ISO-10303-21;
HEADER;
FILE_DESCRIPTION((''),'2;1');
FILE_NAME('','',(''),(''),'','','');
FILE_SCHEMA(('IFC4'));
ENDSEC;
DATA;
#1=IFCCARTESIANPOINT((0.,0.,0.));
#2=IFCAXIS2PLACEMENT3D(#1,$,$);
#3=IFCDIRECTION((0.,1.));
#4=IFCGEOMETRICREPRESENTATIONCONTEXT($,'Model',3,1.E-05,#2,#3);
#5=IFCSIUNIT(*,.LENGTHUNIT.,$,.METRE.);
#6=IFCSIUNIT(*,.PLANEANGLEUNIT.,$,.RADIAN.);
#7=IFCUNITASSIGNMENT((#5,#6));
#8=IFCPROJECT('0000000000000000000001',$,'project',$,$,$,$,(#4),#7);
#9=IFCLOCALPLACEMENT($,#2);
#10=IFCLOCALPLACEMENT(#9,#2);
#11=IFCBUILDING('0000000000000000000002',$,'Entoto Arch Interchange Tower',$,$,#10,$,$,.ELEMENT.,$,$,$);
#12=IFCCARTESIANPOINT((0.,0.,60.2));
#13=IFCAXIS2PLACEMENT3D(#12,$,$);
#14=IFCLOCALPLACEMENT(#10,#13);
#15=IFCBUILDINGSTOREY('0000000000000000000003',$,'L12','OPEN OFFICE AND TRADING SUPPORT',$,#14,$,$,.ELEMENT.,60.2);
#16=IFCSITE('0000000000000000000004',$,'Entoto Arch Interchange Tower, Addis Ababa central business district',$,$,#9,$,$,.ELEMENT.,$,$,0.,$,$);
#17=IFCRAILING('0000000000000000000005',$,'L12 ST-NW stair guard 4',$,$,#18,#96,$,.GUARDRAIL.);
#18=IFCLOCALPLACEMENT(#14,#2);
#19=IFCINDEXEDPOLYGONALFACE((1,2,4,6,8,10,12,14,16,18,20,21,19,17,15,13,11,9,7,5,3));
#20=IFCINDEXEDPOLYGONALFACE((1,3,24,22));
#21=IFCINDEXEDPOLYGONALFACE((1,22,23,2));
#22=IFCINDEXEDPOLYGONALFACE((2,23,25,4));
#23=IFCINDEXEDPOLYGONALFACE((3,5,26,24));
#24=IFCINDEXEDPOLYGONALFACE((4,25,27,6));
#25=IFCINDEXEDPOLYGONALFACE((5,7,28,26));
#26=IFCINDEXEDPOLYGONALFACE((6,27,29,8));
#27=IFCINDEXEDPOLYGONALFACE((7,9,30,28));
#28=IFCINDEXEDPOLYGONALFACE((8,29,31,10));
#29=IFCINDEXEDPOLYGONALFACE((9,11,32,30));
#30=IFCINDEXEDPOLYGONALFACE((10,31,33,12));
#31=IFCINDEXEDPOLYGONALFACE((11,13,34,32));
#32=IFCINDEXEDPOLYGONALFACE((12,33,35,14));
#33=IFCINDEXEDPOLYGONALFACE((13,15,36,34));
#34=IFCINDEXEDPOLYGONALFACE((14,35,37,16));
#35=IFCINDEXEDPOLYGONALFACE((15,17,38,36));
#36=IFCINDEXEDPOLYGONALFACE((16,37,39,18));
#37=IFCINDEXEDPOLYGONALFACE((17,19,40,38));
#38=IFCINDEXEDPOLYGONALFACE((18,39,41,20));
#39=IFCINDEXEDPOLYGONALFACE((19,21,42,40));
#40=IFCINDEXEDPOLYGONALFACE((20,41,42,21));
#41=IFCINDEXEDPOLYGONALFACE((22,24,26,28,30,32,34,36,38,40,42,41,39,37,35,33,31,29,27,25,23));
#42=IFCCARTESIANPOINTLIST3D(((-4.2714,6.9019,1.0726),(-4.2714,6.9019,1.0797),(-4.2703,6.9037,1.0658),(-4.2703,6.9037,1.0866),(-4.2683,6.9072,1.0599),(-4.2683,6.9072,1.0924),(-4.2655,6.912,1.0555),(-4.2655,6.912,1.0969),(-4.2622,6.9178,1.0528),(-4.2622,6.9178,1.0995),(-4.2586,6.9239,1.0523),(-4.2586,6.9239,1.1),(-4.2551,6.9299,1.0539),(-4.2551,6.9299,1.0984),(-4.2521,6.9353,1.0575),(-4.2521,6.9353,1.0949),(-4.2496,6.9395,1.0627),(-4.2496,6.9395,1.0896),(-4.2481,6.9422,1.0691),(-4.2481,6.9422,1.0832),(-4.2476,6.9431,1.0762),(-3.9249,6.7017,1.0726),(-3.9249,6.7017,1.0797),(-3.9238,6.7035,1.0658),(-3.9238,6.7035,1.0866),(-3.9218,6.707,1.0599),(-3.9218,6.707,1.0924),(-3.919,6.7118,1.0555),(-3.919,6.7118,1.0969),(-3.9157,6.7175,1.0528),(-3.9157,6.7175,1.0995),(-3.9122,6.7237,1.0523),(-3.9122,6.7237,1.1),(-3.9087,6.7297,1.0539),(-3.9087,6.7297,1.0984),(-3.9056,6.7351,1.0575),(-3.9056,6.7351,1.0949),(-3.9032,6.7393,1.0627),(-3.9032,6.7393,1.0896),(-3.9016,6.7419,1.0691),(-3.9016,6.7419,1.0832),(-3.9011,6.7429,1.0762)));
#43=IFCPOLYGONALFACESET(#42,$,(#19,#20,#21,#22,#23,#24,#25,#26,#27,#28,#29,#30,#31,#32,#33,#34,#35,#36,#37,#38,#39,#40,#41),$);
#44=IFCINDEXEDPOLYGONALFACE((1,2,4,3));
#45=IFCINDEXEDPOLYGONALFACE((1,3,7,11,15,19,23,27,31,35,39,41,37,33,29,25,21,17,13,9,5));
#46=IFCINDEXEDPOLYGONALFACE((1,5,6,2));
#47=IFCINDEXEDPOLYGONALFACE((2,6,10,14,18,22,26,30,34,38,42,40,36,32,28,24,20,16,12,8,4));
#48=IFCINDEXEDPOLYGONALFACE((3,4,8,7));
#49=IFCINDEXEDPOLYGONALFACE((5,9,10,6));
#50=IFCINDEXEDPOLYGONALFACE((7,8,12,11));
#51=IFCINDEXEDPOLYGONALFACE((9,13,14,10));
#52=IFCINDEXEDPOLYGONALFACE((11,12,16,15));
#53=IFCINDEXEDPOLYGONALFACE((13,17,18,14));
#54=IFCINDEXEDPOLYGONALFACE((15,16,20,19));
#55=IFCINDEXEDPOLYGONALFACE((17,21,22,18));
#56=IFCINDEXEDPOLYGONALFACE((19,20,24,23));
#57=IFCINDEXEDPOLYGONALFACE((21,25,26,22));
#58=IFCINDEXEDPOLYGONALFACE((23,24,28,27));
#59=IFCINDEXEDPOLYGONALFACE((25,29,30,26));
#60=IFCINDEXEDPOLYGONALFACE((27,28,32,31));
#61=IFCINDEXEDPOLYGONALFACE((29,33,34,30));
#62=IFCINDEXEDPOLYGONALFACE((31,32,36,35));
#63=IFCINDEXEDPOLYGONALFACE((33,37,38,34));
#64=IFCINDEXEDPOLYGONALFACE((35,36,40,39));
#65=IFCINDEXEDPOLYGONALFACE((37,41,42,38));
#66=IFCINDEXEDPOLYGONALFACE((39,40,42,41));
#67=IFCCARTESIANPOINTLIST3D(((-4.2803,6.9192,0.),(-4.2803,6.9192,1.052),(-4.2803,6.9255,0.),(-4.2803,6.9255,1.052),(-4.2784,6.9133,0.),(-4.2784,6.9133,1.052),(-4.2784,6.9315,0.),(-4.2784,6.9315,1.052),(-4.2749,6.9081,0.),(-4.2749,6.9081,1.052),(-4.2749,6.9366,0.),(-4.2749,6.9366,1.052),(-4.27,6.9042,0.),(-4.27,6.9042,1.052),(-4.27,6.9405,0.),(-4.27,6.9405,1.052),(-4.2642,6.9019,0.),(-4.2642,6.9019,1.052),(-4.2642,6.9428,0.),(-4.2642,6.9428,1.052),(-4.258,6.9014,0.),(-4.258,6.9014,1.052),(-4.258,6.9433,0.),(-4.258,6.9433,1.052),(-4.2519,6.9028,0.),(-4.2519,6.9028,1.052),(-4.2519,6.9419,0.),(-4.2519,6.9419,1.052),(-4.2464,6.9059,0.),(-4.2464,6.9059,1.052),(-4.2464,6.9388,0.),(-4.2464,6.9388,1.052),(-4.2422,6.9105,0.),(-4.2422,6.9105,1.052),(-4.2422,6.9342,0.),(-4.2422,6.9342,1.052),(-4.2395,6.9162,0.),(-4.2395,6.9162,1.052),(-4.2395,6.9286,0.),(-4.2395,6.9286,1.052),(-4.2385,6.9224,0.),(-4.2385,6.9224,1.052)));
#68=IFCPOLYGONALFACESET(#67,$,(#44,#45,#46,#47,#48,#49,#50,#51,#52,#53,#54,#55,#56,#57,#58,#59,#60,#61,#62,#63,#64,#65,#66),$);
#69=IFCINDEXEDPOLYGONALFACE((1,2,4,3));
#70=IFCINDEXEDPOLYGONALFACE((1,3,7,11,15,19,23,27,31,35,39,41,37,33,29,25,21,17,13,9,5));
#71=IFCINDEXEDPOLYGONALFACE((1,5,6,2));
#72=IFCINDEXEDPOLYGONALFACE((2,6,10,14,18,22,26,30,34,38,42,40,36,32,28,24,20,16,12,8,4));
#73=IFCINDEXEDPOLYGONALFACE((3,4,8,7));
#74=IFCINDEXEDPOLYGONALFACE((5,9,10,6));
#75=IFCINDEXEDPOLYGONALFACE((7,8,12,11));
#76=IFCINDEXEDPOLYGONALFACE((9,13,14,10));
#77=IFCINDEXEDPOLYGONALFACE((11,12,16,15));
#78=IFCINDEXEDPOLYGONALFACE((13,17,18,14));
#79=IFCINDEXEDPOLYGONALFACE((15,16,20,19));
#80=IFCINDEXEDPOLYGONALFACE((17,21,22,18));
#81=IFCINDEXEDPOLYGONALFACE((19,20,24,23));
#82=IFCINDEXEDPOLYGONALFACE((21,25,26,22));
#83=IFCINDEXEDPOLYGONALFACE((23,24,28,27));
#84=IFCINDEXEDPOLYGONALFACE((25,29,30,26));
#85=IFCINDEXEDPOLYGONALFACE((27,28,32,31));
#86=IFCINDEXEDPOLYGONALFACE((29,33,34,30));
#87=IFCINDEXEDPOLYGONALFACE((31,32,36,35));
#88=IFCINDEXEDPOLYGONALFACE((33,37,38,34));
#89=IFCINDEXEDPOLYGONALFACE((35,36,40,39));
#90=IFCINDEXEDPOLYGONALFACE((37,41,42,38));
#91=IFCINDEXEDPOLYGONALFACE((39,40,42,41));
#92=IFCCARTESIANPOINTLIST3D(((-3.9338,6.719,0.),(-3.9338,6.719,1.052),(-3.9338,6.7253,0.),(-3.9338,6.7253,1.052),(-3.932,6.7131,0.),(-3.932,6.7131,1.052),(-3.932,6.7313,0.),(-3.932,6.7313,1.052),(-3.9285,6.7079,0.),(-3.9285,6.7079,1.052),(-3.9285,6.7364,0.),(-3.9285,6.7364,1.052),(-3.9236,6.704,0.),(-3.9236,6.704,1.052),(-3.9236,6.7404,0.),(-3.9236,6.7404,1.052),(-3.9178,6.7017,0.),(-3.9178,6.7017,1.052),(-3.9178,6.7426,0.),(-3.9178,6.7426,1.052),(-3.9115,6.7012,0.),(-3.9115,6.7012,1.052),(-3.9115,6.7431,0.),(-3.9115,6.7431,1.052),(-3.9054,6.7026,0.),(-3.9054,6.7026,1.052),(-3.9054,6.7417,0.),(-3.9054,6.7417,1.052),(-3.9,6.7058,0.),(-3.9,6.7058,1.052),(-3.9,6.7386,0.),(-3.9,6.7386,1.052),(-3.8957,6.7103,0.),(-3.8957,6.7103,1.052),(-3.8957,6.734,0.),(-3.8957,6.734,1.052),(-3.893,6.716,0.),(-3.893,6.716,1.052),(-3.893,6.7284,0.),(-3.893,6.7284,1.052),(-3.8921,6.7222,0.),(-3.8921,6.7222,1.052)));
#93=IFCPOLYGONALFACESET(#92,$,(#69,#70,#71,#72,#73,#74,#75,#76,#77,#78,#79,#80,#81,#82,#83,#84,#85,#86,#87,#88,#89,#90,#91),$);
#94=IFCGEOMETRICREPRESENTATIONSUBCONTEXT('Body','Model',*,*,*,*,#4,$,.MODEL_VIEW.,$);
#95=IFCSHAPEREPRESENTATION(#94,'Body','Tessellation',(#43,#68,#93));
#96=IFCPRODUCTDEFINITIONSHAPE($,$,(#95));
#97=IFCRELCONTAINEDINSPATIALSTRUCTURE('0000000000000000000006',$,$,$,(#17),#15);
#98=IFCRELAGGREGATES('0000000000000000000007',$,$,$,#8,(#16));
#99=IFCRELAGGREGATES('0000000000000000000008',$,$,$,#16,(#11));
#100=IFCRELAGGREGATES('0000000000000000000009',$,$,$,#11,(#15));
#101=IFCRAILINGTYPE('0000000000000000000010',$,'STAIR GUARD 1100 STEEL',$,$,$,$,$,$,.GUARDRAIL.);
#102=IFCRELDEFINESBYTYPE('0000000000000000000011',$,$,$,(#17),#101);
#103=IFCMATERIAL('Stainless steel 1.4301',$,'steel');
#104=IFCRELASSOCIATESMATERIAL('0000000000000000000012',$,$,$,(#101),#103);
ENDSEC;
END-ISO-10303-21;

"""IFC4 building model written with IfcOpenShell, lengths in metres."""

from ifc_helpers import new_model, si_unit, direction, frame, origin, origin_2d, place, context, subcontext, project, spatial, circle, extrude, material, type_object, element, save


model = new_model("IFC4")

# Units and contexts
model_context = context("Model", 3, precision=1e-05, world=origin(), true_north=direction((0.0, 1.0)))
body_context = subcontext(model_context, "Body", "Model", "MODEL_VIEW")
ifc_project = project(units=[si_unit("LENGTHUNIT", "METRE"), si_unit("PLANEANGLEUNIT", "RADIAN")], contexts=[model_context])

# Site, building, storey
site_placement = place(None, origin())
site = spatial("IfcSite", under=ifc_project, at=site_placement, Name="Entoto Arch Interchange Tower, Addis Ababa central business district", CompositionType="ELEMENT", RefElevation=0.0)
building_placement = place(site_placement, origin())
building = spatial("IfcBuilding", under=site, at=building_placement, Name="Entoto Arch Interchange Tower", CompositionType="ELEMENT")
storey_placement = place(building_placement, frame((0.0, 0.0, 60.2)))
storey = spatial("IfcBuildingStorey", under=building, at=storey_placement, Name="L12", Description="OPEN OFFICE AND TRADING SUPPORT", CompositionType="ELEMENT", Elevation=60.2)

# Railing
ifc_material_1 = material(Name="Stainless steel 1.4301", Category="steel")
railing_type_1 = type_object("IfcRailingType", Name="STAIR GUARD 1100 STEEL", PredefinedType="GUARDRAIL", material=ifc_material_1)
railing_1_placement = place(storey_placement, frame((-4.2595, 6.9224, 0.0)))
element("IfcRailing", 1, at=railing_1_placement, inside=storey, type_object=railing_type_1, Name="L12 ST-NW stair guard 4", PredefinedType="GUARDRAIL", context=body_context, shape_type="SweptSolid", body=[
    extrude(circle(Radius=0.0239, at=origin_2d()), frame((0.0, 0.0, 1.0762), z_axis=(0.86583, -0.500339, 0.0), x_axis=(0.500339, 0.86583, 0.0)), (0.0, 0.0, 1.0), 0.4001),
    extrude(circle(Radius=0.021, at=origin_2d()), origin(), (0.0, 0.0, 1.0), 1.052),
    extrude(circle(Radius=0.021, at=origin_2d()), frame((0.3464, -0.2002, 0.0)), (0.0, 0.0, 1.0), 1.052),
])

save(model, "model.ifc")
